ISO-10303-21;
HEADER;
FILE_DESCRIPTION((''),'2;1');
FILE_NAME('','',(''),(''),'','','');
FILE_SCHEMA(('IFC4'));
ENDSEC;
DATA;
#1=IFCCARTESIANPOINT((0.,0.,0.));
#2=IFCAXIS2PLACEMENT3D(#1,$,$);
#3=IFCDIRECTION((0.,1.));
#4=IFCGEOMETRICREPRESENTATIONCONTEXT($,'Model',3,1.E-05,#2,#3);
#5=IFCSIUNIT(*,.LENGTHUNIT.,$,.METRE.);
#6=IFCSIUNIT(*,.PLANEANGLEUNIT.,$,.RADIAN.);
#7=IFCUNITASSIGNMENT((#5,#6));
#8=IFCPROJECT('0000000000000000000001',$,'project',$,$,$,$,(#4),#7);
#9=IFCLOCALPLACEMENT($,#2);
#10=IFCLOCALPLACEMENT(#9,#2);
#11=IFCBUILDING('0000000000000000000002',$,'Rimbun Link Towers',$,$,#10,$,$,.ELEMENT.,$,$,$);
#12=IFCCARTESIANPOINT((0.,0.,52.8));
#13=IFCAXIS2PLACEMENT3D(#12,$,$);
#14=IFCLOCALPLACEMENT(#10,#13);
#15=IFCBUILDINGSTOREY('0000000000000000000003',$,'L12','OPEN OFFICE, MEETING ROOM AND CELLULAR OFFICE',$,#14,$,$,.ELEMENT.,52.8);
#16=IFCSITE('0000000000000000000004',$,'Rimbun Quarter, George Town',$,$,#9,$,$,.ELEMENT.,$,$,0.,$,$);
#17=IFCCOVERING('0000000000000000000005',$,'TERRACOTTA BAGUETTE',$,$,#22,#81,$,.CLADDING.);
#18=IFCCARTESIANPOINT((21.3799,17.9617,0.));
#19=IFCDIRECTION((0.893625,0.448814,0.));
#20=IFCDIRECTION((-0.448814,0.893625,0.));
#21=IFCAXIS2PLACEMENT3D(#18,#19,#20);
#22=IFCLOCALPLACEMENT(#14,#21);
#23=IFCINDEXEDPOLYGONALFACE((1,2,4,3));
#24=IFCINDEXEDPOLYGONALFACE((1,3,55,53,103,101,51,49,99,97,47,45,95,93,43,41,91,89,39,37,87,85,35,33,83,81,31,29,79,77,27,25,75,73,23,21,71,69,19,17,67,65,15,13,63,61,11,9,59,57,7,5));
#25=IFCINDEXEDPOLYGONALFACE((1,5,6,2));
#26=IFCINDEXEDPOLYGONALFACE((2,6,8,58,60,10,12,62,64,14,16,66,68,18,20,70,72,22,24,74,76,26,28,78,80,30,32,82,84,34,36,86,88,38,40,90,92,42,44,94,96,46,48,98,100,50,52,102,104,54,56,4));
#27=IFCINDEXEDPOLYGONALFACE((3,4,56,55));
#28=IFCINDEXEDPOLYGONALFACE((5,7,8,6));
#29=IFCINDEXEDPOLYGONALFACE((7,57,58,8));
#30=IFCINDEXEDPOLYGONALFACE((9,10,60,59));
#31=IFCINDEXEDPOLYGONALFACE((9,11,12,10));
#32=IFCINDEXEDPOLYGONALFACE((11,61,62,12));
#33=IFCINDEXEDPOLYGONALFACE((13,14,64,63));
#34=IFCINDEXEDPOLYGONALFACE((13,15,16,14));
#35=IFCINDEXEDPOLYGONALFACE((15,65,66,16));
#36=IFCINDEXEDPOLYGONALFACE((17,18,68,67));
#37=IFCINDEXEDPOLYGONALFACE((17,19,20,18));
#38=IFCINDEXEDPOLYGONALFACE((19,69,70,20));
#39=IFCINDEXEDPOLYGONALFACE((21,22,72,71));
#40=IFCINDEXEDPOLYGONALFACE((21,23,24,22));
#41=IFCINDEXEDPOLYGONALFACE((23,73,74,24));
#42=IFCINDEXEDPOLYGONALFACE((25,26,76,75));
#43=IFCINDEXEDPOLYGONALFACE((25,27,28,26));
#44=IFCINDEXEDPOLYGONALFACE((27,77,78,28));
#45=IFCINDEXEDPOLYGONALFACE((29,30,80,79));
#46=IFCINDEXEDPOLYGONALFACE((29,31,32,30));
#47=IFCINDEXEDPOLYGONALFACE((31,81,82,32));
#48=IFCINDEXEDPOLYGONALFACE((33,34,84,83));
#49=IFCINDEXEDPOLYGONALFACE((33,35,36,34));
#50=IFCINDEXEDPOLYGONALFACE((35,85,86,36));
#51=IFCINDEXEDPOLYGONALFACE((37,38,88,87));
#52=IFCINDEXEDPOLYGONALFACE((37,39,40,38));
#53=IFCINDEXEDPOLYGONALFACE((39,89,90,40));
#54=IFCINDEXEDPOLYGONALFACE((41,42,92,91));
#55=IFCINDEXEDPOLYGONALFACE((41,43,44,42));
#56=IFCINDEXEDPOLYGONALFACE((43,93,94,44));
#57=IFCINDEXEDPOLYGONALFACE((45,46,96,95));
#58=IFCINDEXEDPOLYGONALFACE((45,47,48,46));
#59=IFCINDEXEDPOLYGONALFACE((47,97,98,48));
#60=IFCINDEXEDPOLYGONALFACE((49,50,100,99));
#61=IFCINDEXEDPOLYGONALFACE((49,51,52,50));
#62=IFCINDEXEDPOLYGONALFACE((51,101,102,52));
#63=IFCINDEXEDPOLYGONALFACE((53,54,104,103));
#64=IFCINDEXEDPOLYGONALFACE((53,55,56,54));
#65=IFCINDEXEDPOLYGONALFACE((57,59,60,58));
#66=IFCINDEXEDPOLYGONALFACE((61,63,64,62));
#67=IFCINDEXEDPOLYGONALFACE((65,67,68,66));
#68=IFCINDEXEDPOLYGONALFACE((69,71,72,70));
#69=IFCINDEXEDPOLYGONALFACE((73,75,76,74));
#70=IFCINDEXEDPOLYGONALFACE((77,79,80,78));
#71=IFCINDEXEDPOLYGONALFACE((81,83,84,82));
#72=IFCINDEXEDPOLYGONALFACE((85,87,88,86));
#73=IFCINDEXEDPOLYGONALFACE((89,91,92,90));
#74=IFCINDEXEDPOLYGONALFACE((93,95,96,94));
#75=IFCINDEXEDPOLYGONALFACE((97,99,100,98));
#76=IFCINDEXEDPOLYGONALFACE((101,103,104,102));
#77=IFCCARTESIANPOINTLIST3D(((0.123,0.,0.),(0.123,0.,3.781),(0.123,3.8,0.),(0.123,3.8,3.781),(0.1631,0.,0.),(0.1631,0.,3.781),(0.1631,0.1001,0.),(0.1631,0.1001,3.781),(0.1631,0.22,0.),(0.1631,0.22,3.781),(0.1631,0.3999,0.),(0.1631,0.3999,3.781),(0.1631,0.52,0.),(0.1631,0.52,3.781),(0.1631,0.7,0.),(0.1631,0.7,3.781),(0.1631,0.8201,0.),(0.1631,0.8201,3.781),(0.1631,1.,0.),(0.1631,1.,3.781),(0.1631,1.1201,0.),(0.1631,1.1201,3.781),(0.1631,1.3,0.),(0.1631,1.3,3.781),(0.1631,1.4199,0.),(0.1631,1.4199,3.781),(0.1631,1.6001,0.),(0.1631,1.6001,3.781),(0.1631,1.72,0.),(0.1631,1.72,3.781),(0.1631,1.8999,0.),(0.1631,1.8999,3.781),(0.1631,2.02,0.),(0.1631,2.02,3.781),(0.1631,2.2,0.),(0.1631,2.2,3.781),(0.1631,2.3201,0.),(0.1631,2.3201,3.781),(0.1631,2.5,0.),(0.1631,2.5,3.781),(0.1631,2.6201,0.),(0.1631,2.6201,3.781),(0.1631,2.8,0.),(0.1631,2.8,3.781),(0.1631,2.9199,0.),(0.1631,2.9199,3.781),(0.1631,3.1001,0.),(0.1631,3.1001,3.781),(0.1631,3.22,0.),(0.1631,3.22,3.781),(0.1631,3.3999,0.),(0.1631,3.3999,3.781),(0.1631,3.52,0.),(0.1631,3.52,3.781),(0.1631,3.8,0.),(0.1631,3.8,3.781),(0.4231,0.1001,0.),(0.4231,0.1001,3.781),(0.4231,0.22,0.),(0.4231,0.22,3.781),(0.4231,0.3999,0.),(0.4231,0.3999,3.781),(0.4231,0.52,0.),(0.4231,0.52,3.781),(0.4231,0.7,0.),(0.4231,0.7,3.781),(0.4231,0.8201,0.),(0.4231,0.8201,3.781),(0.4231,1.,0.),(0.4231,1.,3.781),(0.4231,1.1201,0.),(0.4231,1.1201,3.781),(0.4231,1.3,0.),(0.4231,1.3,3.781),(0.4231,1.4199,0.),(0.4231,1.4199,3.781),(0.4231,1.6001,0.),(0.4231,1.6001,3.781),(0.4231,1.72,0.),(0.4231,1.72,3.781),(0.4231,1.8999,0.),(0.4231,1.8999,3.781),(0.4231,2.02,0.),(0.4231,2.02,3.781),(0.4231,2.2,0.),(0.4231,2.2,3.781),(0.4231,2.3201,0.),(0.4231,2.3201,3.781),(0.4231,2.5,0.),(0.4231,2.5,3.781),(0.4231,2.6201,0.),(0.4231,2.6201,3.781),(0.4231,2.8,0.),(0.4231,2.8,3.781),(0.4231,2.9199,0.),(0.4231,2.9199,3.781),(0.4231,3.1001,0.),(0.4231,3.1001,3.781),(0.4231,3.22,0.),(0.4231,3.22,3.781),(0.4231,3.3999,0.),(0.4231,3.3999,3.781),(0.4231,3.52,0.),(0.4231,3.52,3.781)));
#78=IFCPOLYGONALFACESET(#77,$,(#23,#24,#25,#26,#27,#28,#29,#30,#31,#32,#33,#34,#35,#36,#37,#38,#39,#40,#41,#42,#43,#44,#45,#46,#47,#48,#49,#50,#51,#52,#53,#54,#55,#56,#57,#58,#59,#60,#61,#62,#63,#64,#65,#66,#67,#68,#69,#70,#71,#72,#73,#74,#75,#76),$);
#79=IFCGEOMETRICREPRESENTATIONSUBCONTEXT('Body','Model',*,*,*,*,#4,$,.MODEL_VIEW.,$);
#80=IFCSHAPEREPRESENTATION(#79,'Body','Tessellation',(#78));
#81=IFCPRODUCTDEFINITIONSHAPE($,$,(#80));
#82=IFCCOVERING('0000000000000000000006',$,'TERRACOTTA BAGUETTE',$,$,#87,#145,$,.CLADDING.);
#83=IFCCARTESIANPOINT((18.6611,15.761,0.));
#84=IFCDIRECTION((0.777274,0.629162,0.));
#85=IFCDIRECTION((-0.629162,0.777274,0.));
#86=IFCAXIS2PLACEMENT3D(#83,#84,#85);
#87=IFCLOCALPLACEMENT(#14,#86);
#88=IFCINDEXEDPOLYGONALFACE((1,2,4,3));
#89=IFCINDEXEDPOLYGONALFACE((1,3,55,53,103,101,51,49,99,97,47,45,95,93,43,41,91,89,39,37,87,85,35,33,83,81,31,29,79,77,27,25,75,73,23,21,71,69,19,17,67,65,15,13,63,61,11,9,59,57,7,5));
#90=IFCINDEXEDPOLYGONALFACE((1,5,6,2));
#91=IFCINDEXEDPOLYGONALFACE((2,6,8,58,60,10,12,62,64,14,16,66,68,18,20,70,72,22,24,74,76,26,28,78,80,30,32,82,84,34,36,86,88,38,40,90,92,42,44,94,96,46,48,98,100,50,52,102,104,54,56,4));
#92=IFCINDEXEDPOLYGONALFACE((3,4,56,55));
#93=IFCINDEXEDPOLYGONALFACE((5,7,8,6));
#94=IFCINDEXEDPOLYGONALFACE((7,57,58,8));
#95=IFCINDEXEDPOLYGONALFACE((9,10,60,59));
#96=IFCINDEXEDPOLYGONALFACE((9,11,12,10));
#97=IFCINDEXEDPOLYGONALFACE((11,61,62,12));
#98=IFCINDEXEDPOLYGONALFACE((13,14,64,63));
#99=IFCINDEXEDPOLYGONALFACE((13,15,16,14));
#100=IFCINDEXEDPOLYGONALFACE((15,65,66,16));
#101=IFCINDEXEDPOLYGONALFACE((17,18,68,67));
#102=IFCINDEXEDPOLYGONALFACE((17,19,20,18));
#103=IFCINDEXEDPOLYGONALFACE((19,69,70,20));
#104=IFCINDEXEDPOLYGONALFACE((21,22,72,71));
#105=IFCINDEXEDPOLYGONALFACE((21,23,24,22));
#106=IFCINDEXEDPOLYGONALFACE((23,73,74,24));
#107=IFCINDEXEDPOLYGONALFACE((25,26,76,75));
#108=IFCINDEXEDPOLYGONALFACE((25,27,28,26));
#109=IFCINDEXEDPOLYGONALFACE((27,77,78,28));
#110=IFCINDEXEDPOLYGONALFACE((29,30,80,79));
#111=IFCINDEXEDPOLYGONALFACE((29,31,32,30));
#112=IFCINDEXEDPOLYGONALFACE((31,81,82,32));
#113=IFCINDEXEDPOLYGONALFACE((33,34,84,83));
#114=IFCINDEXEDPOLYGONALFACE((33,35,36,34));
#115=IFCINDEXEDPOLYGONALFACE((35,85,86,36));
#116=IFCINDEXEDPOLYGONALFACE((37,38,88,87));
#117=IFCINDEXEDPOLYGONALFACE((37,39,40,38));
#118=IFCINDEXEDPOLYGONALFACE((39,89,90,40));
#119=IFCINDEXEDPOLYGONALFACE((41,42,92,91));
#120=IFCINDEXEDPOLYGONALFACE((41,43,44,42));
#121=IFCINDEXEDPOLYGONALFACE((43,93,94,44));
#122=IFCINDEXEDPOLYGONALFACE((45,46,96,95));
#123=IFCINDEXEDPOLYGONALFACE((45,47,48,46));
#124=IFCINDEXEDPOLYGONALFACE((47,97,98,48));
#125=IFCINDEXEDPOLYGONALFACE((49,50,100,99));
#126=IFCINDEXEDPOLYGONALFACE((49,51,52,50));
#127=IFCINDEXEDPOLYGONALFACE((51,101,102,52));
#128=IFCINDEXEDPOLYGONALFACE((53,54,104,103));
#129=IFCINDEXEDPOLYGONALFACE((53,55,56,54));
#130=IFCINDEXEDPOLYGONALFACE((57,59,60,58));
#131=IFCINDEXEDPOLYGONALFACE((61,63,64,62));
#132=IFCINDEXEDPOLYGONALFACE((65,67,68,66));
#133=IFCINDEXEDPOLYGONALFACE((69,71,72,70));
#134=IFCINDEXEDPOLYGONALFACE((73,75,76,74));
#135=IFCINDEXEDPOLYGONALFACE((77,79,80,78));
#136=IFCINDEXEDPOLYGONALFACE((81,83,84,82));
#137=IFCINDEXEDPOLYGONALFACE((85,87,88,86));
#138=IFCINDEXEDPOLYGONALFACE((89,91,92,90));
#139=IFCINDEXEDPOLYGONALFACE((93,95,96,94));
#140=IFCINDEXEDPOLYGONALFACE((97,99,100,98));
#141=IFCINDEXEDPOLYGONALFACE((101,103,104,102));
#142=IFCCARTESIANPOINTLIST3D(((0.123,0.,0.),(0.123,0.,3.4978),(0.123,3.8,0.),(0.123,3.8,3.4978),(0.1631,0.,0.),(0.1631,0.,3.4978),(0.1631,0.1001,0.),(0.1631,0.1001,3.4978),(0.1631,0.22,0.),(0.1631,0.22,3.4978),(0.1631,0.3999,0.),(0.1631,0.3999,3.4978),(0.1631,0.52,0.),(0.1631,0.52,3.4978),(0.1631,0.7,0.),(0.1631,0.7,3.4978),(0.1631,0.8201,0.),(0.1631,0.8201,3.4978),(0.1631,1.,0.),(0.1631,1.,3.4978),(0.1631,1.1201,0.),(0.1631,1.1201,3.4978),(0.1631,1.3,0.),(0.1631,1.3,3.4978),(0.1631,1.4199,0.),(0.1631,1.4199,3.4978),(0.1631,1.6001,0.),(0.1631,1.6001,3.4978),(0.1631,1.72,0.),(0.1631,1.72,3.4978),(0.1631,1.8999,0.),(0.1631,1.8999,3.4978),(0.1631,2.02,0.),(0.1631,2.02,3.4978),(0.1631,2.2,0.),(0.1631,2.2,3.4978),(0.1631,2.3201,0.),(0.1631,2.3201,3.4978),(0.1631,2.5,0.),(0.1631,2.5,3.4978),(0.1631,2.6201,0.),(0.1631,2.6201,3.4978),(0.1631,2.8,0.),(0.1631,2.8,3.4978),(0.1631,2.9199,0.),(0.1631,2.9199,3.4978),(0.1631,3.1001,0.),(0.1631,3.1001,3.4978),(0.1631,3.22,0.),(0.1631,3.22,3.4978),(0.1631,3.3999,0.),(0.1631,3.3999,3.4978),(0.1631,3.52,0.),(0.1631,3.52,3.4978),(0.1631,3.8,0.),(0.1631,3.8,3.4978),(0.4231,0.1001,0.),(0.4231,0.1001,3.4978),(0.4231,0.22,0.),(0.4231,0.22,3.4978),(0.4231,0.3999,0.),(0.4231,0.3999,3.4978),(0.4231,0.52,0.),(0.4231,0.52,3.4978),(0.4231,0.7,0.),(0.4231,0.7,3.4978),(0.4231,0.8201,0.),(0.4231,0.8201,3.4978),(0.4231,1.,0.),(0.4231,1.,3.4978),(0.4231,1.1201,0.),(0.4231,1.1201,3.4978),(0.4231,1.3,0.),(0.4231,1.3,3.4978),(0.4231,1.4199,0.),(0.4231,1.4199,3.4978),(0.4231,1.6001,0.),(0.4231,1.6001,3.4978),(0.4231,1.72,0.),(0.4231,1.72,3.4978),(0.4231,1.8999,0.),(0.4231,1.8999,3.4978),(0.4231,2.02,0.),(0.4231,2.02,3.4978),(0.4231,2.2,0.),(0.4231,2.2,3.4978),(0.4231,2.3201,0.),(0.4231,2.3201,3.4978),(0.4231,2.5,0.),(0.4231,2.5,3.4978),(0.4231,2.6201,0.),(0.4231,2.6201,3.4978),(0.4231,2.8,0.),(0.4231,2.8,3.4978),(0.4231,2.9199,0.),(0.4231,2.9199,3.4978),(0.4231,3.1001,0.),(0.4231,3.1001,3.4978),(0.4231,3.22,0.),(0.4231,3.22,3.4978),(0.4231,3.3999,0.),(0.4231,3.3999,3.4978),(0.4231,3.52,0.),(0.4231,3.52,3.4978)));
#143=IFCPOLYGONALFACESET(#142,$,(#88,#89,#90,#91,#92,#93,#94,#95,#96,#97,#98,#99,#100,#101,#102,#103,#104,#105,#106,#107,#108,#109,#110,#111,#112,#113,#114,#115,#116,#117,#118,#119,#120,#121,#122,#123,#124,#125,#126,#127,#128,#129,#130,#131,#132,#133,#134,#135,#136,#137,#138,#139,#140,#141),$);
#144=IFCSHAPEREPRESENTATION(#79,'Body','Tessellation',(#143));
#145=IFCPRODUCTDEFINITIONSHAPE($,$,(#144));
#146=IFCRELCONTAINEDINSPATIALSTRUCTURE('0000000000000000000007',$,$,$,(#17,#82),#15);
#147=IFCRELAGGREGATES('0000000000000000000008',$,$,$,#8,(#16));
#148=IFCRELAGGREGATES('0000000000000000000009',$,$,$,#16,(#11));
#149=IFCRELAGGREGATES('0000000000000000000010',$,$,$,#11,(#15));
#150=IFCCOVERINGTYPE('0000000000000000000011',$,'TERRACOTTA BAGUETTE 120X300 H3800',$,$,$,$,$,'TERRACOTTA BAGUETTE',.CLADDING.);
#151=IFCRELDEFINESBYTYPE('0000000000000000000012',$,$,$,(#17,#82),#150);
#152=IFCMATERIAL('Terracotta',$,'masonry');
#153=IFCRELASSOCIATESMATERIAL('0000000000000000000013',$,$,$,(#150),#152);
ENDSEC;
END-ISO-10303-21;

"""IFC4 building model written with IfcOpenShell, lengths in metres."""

from ifc_helpers import new_model, si_unit, direction, frame, origin, place, context, subcontext, project, spatial, polyline, outline, extrude, material, material_profile, profile_set, type_object, element, save


model = new_model("IFC4")

# Units and contexts
model_context = context("Model", 3, precision=1e-05, world=origin(), true_north=direction((0.0, 1.0)))
body_context = subcontext(model_context, "Body", "Model", "MODEL_VIEW")
ifc_project = project(units=[si_unit("LENGTHUNIT", "METRE"), si_unit("PLANEANGLEUNIT", "RADIAN")], contexts=[model_context])

# Site, building, storey
site_placement = place(None, origin())
site = spatial("IfcSite", under=ifc_project, at=site_placement, Name="Rimbun Quarter, George Town", CompositionType="ELEMENT", RefElevation=0.0)
building_placement = place(site_placement, origin())
building = spatial("IfcBuilding", under=site, at=building_placement, Name="Rimbun Link Towers", CompositionType="ELEMENT")
storey_placement = place(building_placement, frame((0.0, 0.0, 52.8)))
storey = spatial("IfcBuildingStorey", under=building, at=storey_placement, Name="L12", Description="OPEN OFFICE, MEETING ROOM AND CELLULAR OFFICE", CompositionType="ELEMENT", Elevation=52.8)

# Coverings
ifc_material_1 = material(Name="Terracotta", Category="masonry")
ifc_material_profile_1 = material_profile(ifc_material_1, outline(polyline([(0.123, 0.0), (0.1631, 0.0), (0.1631, 0.1001), (0.4231, 0.1001), (0.4231, 0.22), (0.1631, 0.22), (0.1631, 0.3999), (0.4231, 0.3999), (0.4231, 0.52), (0.1631, 0.52), (0.1631, 0.7), (0.4231, 0.7), (0.4231, 0.8201), (0.1631, 0.8201), (0.1631, 1.0), (0.4231, 1.0), (0.4231, 1.1201), (0.1631, 1.1201), (0.1631, 1.3), (0.4231, 1.3), (0.4231, 1.4199), (0.1631, 1.4199), (0.1631, 1.6001), (0.4231, 1.6001), (0.4231, 1.72), (0.1631, 1.72), (0.1631, 1.8999), (0.4231, 1.8999), (0.4231, 2.02), (0.1631, 2.02), (0.1631, 2.2), (0.4231, 2.2), (0.4231, 2.3201), (0.1631, 2.3201), (0.1631, 2.5), (0.4231, 2.5), (0.4231, 2.6201), (0.1631, 2.6201), (0.1631, 2.8), (0.4231, 2.8), (0.4231, 2.9199), (0.1631, 2.9199), (0.1631, 3.1001), (0.4231, 3.1001), (0.4231, 3.22), (0.1631, 3.22), (0.1631, 3.3999), (0.4231, 3.3999), (0.4231, 3.52), (0.1631, 3.52), (0.1631, 3.8), (0.123, 3.8), (0.123, 0.0)])), Name="BAGUETTE 120X300")
ifc_profile_set_1 = profile_set([ifc_material_profile_1], Name="Terracotta")
covering_type = type_object("IfcCoveringType", Name="TERRACOTTA BAGUETTE 120X300 H3800", ElementType="TERRACOTTA BAGUETTE", PredefinedType="CLADDING", material=ifc_profile_set_1)
covering_1_placement = place(storey_placement, frame((21.3799, 17.9617, 0.0), z_axis=(0.893625, 0.448814, 0.0), x_axis=(-0.448814, 0.893625, 0.0)))
element("IfcCovering", 1, at=covering_1_placement, inside=storey, type_object=covering_type, Name="TERRACOTTA BAGUETTE", PredefinedType="CLADDING", context=body_context, shape_type="SweptSolid", body=[
    extrude(outline(polyline([(0.123, 0.0), (0.1631, 0.0), (0.1631, 0.1001), (0.4231, 0.1001), (0.4231, 0.22), (0.1631, 0.22), (0.1631, 0.3999), (0.4231, 0.3999), (0.4231, 0.52), (0.1631, 0.52), (0.1631, 0.7), (0.4231, 0.7), (0.4231, 0.8201), (0.1631, 0.8201), (0.1631, 1.0), (0.4231, 1.0), (0.4231, 1.1201), (0.1631, 1.1201), (0.1631, 1.3), (0.4231, 1.3), (0.4231, 1.4199), (0.1631, 1.4199), (0.1631, 1.6001), (0.4231, 1.6001), (0.4231, 1.72), (0.1631, 1.72), (0.1631, 1.8999), (0.4231, 1.8999), (0.4231, 2.02), (0.1631, 2.02), (0.1631, 2.2), (0.4231, 2.2), (0.4231, 2.3201), (0.1631, 2.3201), (0.1631, 2.5), (0.4231, 2.5), (0.4231, 2.6201), (0.1631, 2.6201), (0.1631, 2.8), (0.4231, 2.8), (0.4231, 2.9199), (0.1631, 2.9199), (0.1631, 3.1001), (0.4231, 3.1001), (0.4231, 3.22), (0.1631, 3.22), (0.1631, 3.3999), (0.4231, 3.3999), (0.4231, 3.52), (0.1631, 3.52), (0.1631, 3.8), (0.123, 3.8), (0.123, 0.0)])), origin(), (0.0, 0.0, 1.0), 3.781),
])
covering_2_placement = place(storey_placement, frame((18.6611, 15.761, 0.0), z_axis=(0.777274, 0.629162, 0.0), x_axis=(-0.629162, 0.777274, 0.0)))
element("IfcCovering", 2, at=covering_2_placement, inside=storey, type_object=covering_type, Name="TERRACOTTA BAGUETTE", PredefinedType="CLADDING", context=body_context, shape_type="SweptSolid", body=[
    extrude(outline(polyline([(0.123, 0.0), (0.1631, 0.0), (0.1631, 0.1001), (0.4231, 0.1001), (0.4231, 0.22), (0.1631, 0.22), (0.1631, 0.3999), (0.4231, 0.3999), (0.4231, 0.52), (0.1631, 0.52), (0.1631, 0.7), (0.4231, 0.7), (0.4231, 0.8201), (0.1631, 0.8201), (0.1631, 1.0), (0.4231, 1.0), (0.4231, 1.1201), (0.1631, 1.1201), (0.1631, 1.3), (0.4231, 1.3), (0.4231, 1.4199), (0.1631, 1.4199), (0.1631, 1.6001), (0.4231, 1.6001), (0.4231, 1.72), (0.1631, 1.72), (0.1631, 1.8999), (0.4231, 1.8999), (0.4231, 2.02), (0.1631, 2.02), (0.1631, 2.2), (0.4231, 2.2), (0.4231, 2.3201), (0.1631, 2.3201), (0.1631, 2.5), (0.4231, 2.5), (0.4231, 2.6201), (0.1631, 2.6201), (0.1631, 2.8), (0.4231, 2.8), (0.4231, 2.9199), (0.1631, 2.9199), (0.1631, 3.1001), (0.4231, 3.1001), (0.4231, 3.22), (0.1631, 3.22), (0.1631, 3.3999), (0.4231, 3.3999), (0.4231, 3.52), (0.1631, 3.52), (0.1631, 3.8), (0.123, 3.8), (0.123, 0.0)])), origin(), (0.0, 0.0, 1.0), 3.4978),
])

save(model, "model.ifc")
